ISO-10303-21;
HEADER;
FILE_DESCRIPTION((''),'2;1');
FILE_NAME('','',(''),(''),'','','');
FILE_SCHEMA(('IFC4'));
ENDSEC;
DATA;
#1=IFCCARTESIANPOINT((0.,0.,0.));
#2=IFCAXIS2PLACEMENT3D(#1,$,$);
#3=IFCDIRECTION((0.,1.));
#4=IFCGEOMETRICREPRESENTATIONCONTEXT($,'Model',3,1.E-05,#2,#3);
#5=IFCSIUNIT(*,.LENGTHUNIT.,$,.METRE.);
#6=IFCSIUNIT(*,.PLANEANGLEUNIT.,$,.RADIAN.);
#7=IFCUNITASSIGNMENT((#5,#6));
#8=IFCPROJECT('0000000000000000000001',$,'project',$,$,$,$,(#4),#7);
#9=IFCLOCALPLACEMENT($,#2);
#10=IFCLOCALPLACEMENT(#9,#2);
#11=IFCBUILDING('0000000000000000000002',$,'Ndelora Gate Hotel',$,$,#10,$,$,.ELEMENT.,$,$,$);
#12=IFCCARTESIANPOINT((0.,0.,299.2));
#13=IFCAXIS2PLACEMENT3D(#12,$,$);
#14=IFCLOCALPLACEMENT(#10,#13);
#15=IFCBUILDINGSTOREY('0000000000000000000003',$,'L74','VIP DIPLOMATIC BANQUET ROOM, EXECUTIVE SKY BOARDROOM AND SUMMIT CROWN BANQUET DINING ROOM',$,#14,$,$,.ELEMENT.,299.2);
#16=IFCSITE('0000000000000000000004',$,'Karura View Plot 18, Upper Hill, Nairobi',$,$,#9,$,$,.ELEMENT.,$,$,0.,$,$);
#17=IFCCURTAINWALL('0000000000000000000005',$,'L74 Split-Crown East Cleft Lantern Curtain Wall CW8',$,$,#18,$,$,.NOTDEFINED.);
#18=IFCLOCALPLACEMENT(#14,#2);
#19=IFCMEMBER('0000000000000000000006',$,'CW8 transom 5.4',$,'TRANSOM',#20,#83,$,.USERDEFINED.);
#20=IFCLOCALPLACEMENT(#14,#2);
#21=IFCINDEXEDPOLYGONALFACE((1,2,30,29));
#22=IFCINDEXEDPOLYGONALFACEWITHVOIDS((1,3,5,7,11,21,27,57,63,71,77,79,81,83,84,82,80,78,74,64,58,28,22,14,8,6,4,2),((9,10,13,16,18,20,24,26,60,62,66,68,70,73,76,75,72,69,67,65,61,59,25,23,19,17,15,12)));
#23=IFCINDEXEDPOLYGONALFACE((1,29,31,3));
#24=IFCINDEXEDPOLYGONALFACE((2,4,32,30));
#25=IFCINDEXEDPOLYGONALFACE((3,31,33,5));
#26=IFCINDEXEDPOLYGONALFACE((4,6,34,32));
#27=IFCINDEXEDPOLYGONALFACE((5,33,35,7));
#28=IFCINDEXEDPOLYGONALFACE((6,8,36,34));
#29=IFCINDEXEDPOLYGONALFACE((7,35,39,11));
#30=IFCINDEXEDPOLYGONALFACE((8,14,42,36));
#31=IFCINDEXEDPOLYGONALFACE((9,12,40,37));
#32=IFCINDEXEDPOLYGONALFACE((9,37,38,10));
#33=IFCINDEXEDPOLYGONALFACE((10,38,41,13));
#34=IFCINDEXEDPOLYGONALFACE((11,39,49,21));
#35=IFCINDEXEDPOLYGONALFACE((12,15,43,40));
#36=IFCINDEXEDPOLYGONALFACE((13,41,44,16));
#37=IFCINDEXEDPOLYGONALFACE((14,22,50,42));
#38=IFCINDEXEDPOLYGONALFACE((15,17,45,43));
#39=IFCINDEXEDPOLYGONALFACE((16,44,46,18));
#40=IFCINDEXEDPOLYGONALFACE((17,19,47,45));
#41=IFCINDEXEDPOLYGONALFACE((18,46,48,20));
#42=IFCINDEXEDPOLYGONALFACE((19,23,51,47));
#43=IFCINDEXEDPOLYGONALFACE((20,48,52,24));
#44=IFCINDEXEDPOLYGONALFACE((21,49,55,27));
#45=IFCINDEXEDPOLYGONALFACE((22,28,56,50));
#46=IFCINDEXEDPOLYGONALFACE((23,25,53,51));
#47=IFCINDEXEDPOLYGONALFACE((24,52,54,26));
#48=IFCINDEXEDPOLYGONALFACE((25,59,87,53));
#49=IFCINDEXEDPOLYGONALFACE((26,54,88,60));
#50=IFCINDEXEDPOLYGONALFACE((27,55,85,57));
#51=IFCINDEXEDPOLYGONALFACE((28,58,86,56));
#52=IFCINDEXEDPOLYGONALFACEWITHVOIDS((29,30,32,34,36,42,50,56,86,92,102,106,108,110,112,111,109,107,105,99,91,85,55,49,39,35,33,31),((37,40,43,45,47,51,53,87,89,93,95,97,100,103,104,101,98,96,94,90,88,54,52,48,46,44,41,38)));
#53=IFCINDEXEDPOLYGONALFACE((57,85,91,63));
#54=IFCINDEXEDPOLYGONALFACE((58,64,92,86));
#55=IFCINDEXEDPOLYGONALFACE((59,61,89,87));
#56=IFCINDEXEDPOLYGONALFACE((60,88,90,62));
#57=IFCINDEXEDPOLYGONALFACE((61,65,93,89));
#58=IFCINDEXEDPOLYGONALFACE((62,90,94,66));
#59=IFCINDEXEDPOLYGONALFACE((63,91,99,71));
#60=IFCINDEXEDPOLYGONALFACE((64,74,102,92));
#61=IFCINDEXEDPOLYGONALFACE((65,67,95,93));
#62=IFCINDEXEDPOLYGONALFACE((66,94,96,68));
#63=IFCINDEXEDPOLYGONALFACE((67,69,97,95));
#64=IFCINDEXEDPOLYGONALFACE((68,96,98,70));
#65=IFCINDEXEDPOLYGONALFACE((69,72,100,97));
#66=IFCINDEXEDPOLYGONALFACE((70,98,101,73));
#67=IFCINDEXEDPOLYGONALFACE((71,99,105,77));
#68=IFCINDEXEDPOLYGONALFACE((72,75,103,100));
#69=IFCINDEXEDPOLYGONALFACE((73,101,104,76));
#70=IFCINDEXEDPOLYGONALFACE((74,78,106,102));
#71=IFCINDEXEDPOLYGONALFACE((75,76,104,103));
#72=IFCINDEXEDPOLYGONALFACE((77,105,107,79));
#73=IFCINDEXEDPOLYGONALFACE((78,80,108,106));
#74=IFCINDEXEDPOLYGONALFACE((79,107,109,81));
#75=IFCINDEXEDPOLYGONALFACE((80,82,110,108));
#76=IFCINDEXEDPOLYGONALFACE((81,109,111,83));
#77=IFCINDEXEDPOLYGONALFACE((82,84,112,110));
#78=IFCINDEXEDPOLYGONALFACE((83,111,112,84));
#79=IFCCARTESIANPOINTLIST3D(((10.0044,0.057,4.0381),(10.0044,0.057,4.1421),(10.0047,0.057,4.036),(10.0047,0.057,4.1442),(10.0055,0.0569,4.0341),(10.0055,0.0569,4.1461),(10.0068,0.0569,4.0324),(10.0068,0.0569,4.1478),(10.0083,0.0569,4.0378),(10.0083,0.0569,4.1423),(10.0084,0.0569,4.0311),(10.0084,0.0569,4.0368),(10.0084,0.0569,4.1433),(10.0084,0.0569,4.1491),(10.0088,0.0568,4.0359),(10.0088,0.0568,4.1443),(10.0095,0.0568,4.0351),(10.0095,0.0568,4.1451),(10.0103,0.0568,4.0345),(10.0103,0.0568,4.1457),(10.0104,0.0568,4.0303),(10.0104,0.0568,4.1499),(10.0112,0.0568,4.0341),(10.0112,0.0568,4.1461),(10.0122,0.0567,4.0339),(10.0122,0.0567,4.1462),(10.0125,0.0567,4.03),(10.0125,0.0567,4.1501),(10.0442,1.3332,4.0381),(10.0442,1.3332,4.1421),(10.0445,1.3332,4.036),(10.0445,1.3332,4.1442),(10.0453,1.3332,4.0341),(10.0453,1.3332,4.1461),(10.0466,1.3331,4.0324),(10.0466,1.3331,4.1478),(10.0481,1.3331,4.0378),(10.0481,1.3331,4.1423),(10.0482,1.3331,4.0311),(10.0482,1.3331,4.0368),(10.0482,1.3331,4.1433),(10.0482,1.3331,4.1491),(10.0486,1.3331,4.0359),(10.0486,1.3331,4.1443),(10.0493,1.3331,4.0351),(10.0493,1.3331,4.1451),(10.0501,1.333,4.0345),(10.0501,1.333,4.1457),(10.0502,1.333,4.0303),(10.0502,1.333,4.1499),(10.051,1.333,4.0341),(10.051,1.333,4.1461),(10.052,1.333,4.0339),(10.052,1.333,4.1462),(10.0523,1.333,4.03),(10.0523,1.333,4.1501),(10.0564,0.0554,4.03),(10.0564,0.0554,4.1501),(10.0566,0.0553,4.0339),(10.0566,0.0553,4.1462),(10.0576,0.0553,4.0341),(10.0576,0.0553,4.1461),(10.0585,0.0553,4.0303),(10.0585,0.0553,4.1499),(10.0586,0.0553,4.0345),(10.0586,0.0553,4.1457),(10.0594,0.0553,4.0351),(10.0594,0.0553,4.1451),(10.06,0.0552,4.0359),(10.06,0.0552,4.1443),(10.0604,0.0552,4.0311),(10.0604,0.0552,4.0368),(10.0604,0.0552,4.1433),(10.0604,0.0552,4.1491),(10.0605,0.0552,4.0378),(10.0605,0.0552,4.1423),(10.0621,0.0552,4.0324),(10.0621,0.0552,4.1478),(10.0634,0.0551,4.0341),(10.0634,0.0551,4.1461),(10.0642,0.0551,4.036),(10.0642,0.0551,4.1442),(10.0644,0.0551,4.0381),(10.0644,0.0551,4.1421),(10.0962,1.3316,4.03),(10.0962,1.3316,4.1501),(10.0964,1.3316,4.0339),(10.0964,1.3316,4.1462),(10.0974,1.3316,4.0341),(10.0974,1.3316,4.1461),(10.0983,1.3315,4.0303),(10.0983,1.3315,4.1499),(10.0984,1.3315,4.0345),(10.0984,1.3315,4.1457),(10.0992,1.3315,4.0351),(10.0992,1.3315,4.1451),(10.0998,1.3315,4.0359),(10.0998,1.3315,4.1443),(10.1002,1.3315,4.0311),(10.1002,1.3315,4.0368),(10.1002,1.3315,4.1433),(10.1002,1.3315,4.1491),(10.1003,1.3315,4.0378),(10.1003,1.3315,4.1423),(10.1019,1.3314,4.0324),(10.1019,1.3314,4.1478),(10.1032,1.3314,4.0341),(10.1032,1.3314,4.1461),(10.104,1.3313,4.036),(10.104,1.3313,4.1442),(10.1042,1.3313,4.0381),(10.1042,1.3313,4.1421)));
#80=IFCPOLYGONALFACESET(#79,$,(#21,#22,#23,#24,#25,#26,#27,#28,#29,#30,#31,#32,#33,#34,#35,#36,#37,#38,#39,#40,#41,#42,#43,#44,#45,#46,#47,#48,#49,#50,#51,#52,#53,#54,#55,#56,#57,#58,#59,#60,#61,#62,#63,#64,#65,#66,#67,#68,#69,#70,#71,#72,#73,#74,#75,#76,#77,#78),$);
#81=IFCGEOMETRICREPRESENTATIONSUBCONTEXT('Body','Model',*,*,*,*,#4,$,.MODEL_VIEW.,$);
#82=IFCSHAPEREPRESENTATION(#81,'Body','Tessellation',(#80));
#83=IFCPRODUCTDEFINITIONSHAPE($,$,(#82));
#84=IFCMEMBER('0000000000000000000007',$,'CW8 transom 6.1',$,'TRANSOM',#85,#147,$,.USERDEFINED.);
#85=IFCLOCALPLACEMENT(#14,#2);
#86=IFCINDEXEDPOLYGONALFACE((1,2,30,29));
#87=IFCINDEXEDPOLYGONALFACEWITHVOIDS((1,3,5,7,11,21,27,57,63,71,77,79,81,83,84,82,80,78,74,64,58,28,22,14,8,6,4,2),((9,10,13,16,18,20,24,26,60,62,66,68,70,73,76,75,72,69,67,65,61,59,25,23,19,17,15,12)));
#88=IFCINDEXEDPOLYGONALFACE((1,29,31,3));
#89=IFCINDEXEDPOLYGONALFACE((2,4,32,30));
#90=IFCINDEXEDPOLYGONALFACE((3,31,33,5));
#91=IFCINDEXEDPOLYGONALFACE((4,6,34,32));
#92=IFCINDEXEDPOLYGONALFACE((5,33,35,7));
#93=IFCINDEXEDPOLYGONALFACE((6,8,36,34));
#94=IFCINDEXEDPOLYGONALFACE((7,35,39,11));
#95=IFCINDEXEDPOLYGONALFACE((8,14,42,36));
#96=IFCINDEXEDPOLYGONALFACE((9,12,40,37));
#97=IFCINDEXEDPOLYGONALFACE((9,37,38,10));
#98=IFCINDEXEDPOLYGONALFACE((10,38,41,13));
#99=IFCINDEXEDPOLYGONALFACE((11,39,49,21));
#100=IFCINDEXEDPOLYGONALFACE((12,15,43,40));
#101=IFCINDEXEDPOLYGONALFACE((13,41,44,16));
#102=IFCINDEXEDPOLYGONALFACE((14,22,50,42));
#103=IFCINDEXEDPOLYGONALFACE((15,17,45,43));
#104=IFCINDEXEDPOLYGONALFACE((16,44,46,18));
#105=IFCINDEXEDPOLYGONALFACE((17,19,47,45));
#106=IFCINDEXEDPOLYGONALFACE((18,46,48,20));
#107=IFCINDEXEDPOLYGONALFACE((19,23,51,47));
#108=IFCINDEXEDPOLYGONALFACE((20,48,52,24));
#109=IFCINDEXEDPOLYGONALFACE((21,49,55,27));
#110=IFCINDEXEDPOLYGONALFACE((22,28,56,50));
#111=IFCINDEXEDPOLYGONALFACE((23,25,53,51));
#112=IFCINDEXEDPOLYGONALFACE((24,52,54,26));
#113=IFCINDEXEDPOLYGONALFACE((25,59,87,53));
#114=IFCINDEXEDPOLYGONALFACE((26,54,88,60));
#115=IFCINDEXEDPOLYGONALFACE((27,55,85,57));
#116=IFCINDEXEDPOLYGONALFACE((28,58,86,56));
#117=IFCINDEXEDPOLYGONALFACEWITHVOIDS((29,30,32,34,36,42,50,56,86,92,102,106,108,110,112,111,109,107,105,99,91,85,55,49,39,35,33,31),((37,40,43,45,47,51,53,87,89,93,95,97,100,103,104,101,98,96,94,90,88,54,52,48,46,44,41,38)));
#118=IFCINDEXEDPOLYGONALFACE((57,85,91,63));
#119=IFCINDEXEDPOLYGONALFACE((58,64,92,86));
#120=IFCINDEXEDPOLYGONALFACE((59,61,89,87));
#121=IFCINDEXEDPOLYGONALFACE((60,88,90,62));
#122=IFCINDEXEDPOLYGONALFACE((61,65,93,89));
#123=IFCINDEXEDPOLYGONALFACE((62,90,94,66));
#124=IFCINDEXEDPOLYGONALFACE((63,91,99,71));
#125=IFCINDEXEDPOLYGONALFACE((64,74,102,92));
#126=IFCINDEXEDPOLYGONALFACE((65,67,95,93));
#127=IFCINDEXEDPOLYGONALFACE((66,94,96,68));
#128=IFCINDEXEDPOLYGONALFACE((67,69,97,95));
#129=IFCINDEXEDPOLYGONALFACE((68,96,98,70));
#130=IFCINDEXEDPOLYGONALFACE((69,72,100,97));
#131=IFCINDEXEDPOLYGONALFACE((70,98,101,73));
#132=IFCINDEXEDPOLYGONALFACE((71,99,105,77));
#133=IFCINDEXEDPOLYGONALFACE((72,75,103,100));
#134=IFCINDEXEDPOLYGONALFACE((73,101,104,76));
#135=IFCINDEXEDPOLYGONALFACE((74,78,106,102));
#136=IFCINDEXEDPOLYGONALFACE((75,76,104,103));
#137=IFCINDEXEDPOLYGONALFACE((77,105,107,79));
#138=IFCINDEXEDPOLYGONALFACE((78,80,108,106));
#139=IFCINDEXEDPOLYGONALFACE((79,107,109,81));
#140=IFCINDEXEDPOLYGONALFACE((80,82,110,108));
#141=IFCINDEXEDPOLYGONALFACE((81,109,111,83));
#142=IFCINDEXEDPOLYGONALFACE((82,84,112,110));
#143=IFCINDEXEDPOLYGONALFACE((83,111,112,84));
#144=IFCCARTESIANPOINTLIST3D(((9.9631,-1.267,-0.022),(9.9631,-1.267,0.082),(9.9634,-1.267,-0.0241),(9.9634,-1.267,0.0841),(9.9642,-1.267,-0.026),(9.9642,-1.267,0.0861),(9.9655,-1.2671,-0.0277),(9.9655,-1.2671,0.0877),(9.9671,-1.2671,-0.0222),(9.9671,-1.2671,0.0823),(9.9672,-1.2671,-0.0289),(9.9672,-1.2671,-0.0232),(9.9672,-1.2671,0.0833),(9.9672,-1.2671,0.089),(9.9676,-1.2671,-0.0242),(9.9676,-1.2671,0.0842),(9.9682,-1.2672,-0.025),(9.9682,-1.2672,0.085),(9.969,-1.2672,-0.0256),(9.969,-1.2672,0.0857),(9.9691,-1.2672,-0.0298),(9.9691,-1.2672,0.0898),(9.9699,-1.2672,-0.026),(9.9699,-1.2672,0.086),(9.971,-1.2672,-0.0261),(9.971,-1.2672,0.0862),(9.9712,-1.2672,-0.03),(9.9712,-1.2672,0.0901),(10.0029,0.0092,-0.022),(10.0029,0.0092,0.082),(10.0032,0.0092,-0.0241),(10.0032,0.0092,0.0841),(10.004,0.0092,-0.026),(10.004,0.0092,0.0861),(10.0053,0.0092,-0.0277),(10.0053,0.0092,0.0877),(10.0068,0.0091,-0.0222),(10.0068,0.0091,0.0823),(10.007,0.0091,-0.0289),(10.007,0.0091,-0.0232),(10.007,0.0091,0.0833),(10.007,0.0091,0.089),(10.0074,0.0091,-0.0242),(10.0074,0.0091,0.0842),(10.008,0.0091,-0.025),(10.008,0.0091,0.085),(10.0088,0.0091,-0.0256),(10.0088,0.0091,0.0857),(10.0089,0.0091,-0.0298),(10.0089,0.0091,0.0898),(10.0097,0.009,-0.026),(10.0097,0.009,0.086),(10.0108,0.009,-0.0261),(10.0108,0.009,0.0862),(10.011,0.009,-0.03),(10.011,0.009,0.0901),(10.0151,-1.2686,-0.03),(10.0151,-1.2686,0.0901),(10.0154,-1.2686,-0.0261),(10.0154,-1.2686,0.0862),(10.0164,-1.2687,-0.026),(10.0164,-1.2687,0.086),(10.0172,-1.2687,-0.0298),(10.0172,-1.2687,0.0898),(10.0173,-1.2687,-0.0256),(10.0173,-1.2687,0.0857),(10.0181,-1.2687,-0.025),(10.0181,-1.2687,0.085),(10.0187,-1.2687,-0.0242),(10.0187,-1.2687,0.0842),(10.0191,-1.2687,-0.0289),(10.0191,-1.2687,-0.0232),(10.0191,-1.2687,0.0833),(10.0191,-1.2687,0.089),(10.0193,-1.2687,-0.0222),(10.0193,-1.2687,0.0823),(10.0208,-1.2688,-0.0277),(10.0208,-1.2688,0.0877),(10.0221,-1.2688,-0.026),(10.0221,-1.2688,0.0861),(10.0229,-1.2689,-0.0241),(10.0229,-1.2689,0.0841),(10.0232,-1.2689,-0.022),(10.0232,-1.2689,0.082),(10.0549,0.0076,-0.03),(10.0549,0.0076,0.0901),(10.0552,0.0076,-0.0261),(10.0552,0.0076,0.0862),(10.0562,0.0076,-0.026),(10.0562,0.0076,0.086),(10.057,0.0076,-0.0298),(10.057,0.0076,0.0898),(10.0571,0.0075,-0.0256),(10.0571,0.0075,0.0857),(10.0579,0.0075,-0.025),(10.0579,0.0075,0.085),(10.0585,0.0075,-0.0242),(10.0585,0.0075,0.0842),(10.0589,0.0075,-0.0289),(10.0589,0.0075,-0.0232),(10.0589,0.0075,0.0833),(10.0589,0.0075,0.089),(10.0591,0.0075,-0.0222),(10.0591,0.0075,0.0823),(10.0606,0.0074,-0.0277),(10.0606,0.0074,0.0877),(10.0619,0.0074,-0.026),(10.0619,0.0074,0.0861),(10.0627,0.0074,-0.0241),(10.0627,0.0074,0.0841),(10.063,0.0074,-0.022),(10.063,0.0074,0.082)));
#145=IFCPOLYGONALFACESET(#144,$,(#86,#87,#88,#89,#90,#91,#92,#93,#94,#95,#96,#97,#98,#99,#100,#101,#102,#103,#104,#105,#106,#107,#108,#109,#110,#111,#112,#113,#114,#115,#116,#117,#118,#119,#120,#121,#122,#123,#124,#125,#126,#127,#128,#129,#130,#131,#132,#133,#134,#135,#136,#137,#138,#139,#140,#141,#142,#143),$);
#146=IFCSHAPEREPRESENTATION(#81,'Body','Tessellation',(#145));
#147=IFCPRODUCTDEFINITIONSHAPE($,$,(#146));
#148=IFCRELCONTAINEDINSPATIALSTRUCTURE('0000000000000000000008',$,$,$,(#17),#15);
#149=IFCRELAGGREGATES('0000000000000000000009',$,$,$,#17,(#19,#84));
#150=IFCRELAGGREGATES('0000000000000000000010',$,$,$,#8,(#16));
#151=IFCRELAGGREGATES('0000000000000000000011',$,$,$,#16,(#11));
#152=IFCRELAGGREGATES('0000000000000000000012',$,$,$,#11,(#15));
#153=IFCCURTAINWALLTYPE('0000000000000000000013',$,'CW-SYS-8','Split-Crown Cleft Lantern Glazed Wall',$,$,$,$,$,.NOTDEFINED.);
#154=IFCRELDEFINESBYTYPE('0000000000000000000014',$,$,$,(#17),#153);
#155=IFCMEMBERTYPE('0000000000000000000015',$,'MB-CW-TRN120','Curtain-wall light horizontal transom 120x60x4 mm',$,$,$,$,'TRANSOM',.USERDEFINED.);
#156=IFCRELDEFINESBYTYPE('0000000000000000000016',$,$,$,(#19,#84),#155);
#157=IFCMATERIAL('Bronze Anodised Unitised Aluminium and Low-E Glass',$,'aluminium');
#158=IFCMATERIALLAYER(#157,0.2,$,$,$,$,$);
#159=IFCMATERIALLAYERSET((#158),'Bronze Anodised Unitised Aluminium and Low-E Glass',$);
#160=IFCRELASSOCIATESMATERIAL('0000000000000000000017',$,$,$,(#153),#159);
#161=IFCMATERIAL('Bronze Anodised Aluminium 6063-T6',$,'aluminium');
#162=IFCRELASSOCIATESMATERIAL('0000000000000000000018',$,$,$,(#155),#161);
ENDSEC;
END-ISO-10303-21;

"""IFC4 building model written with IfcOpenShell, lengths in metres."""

from ifc_helpers import new_model, si_unit, direction, frame, origin, origin_2d, place, context, subcontext, project, spatial, hollow_rectangle, extrude, material, layer, layer_set, material_profile, profile_set, type_object, element, aggregate, save


model = new_model("IFC4")

# Units and contexts
model_context = context("Model", 3, precision=1e-05, world=origin(), true_north=direction((0.0, 1.0)))
body_context = subcontext(model_context, "Body", "Model", "MODEL_VIEW")
ifc_project = project(units=[si_unit("LENGTHUNIT", "METRE"), si_unit("PLANEANGLEUNIT", "RADIAN")], contexts=[model_context])

# Site, building, storey
site_placement = place(None, origin())
site = spatial("IfcSite", under=ifc_project, at=site_placement, Name="Karura View Plot 18, Upper Hill, Nairobi", CompositionType="ELEMENT", RefElevation=0.0)
building_placement = place(site_placement, origin())
building = spatial("IfcBuilding", under=site, at=building_placement, Name="Ndelora Gate Hotel", CompositionType="ELEMENT")
storey_placement = place(building_placement, frame((0.0, 0.0, 299.2)))
storey = spatial("IfcBuildingStorey", under=building, at=storey_placement, Name="L74", Description="VIP DIPLOMATIC BANQUET ROOM, EXECUTIVE SKY BOARDROOM AND SUMMIT CROWN BANQUET DINING ROOM", CompositionType="ELEMENT", Elevation=299.2)

# Curtain wall, members
ifc_material_1 = material(Name="Bronze Anodised Unitised Aluminium and Low-E Glass", Category="aluminium")
ifc_layer_1 = layer(ifc_material_1, 0.2)
ifc_layer_set_1 = layer_set([ifc_layer_1], Name="Bronze Anodised Unitised Aluminium and Low-E Glass")
curtain_wall_type = type_object("IfcCurtainWallType", Name="CW-SYS-8", Description="Split-Crown Cleft Lantern Glazed Wall", PredefinedType="NOTDEFINED", material=ifc_layer_set_1)
curtain_wall_placement = place(storey_placement, origin())
curtain_wall = element("IfcCurtainWall", 1, at=curtain_wall_placement, inside=storey, type_object=curtain_wall_type, Name="L74 Split-Crown East Cleft Lantern Curtain Wall CW8", PredefinedType="NOTDEFINED")
ifc_material_2 = material(Name="Bronze Anodised Aluminium 6063-T6", Category="aluminium")
ifc_material_profile_1 = material_profile(ifc_material_2, hollow_rectangle(XDim=0.0601, YDim=0.1201, WallThickness=0.0039, InnerFilletRadius=0.0039, OuterFilletRadius=0.0081, at=origin_2d()), Name="ALU 120x60x4")
ifc_profile_set_1 = profile_set([ifc_material_profile_1], Name="Bronze Anodised Aluminium 6063-T6")
member_type_1 = type_object("IfcMemberType", Name="MB-CW-TRN120", Description="Curtain-wall light horizontal transom 120x60x4 mm", ElementType="TRANSOM", PredefinedType="USERDEFINED", material=ifc_profile_set_1)
member_1_placement = place(storey_placement, frame((10.0742, 1.3323, 4.0901), z_axis=(-0.031169, -0.999514, 0.0), x_axis=(0.999514, -0.031169, 0.0)))
member_1 = element("IfcMember", 2, at=member_1_placement, type_object=member_type_1, Name="CW8 transom 5.4", ObjectType="TRANSOM", PredefinedType="USERDEFINED", context=body_context, shape_type="SweptSolid", body=[
    extrude(hollow_rectangle(XDim=0.0601, YDim=0.1201, WallThickness=0.0039, InnerFilletRadius=0.0039, OuterFilletRadius=0.0081, at=origin_2d()), origin(), (0.0, 0.0, 1.0), 1.2769),
])
member_2_placement = place(storey_placement, frame((10.033, 0.0083, 0.03), z_axis=(-0.031169, -0.999514, 0.0), x_axis=(0.999514, -0.031169, 0.0)))
member_2 = element("IfcMember", 3, at=member_2_placement, type_object=member_type_1, Name="CW8 transom 6.1", ObjectType="TRANSOM", PredefinedType="USERDEFINED", context=body_context, shape_type="SweptSolid", body=[
    extrude(hollow_rectangle(XDim=0.0601, YDim=0.1201, WallThickness=0.0039, InnerFilletRadius=0.0039, OuterFilletRadius=0.0081, at=origin_2d()), origin(), (0.0, 0.0, 1.0), 1.2769),
])
aggregate(curtain_wall, [member_1, member_2])

save(model, "model.ifc")
